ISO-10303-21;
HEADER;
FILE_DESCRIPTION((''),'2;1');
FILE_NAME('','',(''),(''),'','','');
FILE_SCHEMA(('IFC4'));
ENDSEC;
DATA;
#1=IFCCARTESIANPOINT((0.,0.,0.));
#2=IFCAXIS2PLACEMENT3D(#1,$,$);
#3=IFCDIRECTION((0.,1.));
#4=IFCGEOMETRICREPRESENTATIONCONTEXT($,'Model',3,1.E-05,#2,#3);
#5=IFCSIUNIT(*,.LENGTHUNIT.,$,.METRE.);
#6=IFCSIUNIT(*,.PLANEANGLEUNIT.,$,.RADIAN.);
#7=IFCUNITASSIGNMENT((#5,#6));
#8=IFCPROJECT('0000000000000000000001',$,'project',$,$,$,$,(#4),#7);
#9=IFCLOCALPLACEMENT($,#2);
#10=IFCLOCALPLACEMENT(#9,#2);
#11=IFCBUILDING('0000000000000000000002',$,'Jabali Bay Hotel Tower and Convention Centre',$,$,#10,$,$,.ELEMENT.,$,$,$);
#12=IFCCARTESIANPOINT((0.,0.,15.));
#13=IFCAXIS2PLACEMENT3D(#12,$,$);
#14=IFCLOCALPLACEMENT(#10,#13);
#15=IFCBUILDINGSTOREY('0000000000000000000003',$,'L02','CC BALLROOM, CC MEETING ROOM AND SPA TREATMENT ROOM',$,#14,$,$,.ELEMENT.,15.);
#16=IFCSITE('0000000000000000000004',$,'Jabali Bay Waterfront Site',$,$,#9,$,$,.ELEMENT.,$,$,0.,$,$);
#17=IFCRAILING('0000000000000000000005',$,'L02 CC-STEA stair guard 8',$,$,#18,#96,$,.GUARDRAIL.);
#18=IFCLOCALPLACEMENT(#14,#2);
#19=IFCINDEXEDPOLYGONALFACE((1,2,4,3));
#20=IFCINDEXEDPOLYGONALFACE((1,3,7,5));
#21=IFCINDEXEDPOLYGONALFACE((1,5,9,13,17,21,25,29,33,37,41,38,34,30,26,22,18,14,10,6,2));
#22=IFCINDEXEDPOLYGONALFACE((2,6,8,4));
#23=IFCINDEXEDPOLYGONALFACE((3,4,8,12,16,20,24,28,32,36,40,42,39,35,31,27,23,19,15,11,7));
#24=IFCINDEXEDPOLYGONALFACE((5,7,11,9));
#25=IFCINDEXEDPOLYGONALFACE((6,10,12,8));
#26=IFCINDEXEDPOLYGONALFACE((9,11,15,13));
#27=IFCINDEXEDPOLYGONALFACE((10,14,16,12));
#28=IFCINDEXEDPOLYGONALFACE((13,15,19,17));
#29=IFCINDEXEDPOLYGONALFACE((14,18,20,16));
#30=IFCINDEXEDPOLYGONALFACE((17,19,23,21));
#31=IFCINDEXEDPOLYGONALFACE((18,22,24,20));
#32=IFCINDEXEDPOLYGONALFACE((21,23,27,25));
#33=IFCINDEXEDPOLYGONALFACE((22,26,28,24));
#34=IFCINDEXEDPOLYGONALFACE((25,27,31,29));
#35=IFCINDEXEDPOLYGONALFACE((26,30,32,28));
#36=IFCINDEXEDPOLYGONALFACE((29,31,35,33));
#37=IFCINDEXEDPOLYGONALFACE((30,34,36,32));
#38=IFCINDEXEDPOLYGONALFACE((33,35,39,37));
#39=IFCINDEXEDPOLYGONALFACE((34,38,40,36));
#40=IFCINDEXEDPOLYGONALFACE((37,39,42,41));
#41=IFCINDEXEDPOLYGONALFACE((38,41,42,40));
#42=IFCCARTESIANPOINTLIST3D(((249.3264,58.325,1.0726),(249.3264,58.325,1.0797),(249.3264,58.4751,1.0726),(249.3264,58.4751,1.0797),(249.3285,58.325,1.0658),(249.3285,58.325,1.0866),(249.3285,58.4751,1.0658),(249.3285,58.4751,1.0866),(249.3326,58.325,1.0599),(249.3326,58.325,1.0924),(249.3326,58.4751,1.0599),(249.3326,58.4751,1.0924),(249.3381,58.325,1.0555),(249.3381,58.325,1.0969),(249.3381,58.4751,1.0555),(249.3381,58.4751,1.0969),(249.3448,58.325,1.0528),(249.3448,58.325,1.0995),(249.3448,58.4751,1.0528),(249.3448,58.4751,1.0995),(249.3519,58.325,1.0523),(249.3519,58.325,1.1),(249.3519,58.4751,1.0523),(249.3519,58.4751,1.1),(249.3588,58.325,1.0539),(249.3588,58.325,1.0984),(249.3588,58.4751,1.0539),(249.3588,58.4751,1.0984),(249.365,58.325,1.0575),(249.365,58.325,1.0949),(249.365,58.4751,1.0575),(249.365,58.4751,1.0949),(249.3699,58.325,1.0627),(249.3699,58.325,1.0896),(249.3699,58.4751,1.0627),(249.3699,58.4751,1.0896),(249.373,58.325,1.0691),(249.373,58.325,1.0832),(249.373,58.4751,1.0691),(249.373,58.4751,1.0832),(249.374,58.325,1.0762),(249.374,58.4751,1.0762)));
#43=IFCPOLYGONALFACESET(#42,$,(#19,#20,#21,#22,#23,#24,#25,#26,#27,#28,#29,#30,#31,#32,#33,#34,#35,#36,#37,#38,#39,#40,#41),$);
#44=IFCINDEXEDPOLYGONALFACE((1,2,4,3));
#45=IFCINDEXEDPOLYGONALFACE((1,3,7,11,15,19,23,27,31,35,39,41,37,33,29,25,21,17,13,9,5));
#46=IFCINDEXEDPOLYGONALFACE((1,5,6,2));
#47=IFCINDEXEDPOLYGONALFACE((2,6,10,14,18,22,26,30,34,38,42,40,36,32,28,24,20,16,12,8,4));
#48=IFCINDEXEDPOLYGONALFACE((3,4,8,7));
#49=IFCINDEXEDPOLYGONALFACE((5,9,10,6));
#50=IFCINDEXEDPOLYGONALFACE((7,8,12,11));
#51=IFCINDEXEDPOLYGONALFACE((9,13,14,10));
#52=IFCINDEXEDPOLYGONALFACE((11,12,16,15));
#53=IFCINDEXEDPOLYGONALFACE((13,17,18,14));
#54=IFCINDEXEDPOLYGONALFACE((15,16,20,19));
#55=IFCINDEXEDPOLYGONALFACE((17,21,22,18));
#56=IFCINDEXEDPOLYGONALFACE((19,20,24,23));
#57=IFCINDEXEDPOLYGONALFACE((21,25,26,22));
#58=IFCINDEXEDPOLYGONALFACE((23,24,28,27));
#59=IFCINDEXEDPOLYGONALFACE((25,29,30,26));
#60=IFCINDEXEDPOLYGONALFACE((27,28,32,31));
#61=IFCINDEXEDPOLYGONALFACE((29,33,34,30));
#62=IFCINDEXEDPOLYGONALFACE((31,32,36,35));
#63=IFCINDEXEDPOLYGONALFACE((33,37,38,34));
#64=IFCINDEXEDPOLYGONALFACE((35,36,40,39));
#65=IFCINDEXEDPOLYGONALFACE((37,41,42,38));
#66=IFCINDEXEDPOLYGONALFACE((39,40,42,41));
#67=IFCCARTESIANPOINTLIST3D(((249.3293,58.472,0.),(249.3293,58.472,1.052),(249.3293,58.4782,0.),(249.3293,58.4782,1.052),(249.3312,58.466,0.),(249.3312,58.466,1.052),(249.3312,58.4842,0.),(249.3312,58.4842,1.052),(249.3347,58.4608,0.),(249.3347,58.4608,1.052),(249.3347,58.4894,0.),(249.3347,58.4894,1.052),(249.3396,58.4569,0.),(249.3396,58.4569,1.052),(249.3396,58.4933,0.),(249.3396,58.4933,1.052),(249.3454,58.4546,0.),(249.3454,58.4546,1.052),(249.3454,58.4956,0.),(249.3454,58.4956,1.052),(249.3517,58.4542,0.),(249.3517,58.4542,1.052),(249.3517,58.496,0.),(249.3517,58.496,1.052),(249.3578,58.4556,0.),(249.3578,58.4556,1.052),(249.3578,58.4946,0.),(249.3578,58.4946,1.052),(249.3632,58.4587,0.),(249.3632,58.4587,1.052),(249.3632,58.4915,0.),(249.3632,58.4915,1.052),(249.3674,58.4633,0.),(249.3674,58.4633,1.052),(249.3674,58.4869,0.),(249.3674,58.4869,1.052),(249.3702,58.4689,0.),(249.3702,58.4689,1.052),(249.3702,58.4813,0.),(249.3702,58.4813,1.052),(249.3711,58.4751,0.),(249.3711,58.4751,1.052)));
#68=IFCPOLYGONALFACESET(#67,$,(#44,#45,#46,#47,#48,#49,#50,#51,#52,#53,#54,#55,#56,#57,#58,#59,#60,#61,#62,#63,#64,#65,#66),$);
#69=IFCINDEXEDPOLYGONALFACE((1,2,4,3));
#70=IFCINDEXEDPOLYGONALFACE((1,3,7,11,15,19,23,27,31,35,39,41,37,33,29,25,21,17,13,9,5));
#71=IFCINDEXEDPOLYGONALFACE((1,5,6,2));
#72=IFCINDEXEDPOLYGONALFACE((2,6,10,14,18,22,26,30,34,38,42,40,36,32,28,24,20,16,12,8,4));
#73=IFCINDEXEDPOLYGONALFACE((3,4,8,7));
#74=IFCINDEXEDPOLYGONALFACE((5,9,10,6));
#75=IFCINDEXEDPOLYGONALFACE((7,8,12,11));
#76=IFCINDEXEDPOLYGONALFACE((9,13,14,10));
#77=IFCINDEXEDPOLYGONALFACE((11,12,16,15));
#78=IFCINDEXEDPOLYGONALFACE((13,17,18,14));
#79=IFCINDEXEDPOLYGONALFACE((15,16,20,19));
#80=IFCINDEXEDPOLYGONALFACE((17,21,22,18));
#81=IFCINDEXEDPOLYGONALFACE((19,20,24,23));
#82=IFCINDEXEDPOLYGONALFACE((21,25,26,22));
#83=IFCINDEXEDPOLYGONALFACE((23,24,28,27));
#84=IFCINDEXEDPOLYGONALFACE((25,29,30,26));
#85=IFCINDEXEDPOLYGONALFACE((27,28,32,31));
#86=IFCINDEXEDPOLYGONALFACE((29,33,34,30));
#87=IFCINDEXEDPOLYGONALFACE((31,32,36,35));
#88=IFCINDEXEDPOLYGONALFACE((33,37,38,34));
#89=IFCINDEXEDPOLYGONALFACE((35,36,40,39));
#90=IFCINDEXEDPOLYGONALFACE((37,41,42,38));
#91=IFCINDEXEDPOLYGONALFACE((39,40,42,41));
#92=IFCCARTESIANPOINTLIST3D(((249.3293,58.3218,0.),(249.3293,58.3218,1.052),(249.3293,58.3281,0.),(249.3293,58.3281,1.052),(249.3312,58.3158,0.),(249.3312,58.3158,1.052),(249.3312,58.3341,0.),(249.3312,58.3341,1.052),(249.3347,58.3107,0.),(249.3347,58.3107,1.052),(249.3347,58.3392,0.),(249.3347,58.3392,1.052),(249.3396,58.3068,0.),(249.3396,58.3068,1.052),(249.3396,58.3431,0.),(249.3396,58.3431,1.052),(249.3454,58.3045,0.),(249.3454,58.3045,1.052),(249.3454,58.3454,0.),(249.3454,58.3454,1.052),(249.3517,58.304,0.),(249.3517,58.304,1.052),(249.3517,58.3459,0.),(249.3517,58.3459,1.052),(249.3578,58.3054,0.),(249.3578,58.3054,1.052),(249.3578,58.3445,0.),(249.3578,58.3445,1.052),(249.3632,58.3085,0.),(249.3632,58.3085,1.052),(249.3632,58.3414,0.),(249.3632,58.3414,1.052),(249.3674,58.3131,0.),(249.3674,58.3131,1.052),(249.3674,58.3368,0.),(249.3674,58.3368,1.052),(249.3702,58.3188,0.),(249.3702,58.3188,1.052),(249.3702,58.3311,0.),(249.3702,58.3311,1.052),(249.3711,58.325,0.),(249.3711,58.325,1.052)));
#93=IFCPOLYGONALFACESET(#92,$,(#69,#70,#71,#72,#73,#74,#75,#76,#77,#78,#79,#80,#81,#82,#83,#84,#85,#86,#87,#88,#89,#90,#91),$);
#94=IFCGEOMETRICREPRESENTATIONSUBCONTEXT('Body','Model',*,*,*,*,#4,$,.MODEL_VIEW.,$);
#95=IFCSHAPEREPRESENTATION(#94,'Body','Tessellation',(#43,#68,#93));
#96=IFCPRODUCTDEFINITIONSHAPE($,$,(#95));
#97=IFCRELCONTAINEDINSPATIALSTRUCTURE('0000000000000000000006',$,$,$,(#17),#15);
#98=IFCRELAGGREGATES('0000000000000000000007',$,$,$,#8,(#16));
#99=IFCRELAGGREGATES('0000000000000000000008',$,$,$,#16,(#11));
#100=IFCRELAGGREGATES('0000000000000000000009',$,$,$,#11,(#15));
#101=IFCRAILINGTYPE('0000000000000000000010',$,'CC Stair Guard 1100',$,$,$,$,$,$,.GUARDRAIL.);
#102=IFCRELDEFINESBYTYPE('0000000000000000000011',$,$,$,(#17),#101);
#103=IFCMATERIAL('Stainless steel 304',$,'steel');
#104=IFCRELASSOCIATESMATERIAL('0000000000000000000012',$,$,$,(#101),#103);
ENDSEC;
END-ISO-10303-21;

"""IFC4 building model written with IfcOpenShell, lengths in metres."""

from ifc_helpers import new_model, si_unit, direction, frame, origin, origin_2d, place, context, subcontext, project, spatial, circle, extrude, material, type_object, element, save


model = new_model("IFC4")

# Units and contexts
model_context = context("Model", 3, precision=1e-05, world=origin(), true_north=direction((0.0, 1.0)))
body_context = subcontext(model_context, "Body", "Model", "MODEL_VIEW")
ifc_project = project(units=[si_unit("LENGTHUNIT", "METRE"), si_unit("PLANEANGLEUNIT", "RADIAN")], contexts=[model_context])

# Site, building, storey
site_placement = place(None, origin())
site = spatial("IfcSite", under=ifc_project, at=site_placement, Name="Jabali Bay Waterfront Site", CompositionType="ELEMENT", RefElevation=0.0)
building_placement = place(site_placement, origin())
building = spatial("IfcBuilding", under=site, at=building_placement, Name="Jabali Bay Hotel Tower and Convention Centre", CompositionType="ELEMENT")
storey_placement = place(building_placement, frame((0.0, 0.0, 15.0)))
storey = spatial("IfcBuildingStorey", under=building, at=storey_placement, Name="L02", Description="CC BALLROOM, CC MEETING ROOM AND SPA TREATMENT ROOM", CompositionType="ELEMENT", Elevation=15.0)

# Railing
ifc_material_1 = material(Name="Stainless steel 304", Category="steel")
railing_type_1 = type_object("IfcRailingType", Name="CC Stair Guard 1100", PredefinedType="GUARDRAIL", material=ifc_material_1)
railing_1_placement = place(storey_placement, frame((249.3501, 58.4751, 0.0)))
element("IfcRailing", 1, at=railing_1_placement, inside=storey, type_object=railing_type_1, Name="L02 CC-STEA stair guard 8", PredefinedType="GUARDRAIL", context=body_context, shape_type="SweptSolid", body=[
    extrude(circle(Radius=0.0239, at=origin_2d()), frame((0.0, 0.0, 1.0762), z_axis=(0.0, -1.0, 0.0), x_axis=(1.0, 0.0, 0.0)), (0.0, 0.0, 1.0), 0.1501),
    extrude(circle(Radius=0.021, at=origin_2d()), origin(), (0.0, 0.0, 1.0), 1.052),
    extrude(circle(Radius=0.021, at=origin_2d()), frame((0.0, -0.1501, 0.0)), (0.0, 0.0, 1.0), 1.052),
])

save(model, "model.ifc")
